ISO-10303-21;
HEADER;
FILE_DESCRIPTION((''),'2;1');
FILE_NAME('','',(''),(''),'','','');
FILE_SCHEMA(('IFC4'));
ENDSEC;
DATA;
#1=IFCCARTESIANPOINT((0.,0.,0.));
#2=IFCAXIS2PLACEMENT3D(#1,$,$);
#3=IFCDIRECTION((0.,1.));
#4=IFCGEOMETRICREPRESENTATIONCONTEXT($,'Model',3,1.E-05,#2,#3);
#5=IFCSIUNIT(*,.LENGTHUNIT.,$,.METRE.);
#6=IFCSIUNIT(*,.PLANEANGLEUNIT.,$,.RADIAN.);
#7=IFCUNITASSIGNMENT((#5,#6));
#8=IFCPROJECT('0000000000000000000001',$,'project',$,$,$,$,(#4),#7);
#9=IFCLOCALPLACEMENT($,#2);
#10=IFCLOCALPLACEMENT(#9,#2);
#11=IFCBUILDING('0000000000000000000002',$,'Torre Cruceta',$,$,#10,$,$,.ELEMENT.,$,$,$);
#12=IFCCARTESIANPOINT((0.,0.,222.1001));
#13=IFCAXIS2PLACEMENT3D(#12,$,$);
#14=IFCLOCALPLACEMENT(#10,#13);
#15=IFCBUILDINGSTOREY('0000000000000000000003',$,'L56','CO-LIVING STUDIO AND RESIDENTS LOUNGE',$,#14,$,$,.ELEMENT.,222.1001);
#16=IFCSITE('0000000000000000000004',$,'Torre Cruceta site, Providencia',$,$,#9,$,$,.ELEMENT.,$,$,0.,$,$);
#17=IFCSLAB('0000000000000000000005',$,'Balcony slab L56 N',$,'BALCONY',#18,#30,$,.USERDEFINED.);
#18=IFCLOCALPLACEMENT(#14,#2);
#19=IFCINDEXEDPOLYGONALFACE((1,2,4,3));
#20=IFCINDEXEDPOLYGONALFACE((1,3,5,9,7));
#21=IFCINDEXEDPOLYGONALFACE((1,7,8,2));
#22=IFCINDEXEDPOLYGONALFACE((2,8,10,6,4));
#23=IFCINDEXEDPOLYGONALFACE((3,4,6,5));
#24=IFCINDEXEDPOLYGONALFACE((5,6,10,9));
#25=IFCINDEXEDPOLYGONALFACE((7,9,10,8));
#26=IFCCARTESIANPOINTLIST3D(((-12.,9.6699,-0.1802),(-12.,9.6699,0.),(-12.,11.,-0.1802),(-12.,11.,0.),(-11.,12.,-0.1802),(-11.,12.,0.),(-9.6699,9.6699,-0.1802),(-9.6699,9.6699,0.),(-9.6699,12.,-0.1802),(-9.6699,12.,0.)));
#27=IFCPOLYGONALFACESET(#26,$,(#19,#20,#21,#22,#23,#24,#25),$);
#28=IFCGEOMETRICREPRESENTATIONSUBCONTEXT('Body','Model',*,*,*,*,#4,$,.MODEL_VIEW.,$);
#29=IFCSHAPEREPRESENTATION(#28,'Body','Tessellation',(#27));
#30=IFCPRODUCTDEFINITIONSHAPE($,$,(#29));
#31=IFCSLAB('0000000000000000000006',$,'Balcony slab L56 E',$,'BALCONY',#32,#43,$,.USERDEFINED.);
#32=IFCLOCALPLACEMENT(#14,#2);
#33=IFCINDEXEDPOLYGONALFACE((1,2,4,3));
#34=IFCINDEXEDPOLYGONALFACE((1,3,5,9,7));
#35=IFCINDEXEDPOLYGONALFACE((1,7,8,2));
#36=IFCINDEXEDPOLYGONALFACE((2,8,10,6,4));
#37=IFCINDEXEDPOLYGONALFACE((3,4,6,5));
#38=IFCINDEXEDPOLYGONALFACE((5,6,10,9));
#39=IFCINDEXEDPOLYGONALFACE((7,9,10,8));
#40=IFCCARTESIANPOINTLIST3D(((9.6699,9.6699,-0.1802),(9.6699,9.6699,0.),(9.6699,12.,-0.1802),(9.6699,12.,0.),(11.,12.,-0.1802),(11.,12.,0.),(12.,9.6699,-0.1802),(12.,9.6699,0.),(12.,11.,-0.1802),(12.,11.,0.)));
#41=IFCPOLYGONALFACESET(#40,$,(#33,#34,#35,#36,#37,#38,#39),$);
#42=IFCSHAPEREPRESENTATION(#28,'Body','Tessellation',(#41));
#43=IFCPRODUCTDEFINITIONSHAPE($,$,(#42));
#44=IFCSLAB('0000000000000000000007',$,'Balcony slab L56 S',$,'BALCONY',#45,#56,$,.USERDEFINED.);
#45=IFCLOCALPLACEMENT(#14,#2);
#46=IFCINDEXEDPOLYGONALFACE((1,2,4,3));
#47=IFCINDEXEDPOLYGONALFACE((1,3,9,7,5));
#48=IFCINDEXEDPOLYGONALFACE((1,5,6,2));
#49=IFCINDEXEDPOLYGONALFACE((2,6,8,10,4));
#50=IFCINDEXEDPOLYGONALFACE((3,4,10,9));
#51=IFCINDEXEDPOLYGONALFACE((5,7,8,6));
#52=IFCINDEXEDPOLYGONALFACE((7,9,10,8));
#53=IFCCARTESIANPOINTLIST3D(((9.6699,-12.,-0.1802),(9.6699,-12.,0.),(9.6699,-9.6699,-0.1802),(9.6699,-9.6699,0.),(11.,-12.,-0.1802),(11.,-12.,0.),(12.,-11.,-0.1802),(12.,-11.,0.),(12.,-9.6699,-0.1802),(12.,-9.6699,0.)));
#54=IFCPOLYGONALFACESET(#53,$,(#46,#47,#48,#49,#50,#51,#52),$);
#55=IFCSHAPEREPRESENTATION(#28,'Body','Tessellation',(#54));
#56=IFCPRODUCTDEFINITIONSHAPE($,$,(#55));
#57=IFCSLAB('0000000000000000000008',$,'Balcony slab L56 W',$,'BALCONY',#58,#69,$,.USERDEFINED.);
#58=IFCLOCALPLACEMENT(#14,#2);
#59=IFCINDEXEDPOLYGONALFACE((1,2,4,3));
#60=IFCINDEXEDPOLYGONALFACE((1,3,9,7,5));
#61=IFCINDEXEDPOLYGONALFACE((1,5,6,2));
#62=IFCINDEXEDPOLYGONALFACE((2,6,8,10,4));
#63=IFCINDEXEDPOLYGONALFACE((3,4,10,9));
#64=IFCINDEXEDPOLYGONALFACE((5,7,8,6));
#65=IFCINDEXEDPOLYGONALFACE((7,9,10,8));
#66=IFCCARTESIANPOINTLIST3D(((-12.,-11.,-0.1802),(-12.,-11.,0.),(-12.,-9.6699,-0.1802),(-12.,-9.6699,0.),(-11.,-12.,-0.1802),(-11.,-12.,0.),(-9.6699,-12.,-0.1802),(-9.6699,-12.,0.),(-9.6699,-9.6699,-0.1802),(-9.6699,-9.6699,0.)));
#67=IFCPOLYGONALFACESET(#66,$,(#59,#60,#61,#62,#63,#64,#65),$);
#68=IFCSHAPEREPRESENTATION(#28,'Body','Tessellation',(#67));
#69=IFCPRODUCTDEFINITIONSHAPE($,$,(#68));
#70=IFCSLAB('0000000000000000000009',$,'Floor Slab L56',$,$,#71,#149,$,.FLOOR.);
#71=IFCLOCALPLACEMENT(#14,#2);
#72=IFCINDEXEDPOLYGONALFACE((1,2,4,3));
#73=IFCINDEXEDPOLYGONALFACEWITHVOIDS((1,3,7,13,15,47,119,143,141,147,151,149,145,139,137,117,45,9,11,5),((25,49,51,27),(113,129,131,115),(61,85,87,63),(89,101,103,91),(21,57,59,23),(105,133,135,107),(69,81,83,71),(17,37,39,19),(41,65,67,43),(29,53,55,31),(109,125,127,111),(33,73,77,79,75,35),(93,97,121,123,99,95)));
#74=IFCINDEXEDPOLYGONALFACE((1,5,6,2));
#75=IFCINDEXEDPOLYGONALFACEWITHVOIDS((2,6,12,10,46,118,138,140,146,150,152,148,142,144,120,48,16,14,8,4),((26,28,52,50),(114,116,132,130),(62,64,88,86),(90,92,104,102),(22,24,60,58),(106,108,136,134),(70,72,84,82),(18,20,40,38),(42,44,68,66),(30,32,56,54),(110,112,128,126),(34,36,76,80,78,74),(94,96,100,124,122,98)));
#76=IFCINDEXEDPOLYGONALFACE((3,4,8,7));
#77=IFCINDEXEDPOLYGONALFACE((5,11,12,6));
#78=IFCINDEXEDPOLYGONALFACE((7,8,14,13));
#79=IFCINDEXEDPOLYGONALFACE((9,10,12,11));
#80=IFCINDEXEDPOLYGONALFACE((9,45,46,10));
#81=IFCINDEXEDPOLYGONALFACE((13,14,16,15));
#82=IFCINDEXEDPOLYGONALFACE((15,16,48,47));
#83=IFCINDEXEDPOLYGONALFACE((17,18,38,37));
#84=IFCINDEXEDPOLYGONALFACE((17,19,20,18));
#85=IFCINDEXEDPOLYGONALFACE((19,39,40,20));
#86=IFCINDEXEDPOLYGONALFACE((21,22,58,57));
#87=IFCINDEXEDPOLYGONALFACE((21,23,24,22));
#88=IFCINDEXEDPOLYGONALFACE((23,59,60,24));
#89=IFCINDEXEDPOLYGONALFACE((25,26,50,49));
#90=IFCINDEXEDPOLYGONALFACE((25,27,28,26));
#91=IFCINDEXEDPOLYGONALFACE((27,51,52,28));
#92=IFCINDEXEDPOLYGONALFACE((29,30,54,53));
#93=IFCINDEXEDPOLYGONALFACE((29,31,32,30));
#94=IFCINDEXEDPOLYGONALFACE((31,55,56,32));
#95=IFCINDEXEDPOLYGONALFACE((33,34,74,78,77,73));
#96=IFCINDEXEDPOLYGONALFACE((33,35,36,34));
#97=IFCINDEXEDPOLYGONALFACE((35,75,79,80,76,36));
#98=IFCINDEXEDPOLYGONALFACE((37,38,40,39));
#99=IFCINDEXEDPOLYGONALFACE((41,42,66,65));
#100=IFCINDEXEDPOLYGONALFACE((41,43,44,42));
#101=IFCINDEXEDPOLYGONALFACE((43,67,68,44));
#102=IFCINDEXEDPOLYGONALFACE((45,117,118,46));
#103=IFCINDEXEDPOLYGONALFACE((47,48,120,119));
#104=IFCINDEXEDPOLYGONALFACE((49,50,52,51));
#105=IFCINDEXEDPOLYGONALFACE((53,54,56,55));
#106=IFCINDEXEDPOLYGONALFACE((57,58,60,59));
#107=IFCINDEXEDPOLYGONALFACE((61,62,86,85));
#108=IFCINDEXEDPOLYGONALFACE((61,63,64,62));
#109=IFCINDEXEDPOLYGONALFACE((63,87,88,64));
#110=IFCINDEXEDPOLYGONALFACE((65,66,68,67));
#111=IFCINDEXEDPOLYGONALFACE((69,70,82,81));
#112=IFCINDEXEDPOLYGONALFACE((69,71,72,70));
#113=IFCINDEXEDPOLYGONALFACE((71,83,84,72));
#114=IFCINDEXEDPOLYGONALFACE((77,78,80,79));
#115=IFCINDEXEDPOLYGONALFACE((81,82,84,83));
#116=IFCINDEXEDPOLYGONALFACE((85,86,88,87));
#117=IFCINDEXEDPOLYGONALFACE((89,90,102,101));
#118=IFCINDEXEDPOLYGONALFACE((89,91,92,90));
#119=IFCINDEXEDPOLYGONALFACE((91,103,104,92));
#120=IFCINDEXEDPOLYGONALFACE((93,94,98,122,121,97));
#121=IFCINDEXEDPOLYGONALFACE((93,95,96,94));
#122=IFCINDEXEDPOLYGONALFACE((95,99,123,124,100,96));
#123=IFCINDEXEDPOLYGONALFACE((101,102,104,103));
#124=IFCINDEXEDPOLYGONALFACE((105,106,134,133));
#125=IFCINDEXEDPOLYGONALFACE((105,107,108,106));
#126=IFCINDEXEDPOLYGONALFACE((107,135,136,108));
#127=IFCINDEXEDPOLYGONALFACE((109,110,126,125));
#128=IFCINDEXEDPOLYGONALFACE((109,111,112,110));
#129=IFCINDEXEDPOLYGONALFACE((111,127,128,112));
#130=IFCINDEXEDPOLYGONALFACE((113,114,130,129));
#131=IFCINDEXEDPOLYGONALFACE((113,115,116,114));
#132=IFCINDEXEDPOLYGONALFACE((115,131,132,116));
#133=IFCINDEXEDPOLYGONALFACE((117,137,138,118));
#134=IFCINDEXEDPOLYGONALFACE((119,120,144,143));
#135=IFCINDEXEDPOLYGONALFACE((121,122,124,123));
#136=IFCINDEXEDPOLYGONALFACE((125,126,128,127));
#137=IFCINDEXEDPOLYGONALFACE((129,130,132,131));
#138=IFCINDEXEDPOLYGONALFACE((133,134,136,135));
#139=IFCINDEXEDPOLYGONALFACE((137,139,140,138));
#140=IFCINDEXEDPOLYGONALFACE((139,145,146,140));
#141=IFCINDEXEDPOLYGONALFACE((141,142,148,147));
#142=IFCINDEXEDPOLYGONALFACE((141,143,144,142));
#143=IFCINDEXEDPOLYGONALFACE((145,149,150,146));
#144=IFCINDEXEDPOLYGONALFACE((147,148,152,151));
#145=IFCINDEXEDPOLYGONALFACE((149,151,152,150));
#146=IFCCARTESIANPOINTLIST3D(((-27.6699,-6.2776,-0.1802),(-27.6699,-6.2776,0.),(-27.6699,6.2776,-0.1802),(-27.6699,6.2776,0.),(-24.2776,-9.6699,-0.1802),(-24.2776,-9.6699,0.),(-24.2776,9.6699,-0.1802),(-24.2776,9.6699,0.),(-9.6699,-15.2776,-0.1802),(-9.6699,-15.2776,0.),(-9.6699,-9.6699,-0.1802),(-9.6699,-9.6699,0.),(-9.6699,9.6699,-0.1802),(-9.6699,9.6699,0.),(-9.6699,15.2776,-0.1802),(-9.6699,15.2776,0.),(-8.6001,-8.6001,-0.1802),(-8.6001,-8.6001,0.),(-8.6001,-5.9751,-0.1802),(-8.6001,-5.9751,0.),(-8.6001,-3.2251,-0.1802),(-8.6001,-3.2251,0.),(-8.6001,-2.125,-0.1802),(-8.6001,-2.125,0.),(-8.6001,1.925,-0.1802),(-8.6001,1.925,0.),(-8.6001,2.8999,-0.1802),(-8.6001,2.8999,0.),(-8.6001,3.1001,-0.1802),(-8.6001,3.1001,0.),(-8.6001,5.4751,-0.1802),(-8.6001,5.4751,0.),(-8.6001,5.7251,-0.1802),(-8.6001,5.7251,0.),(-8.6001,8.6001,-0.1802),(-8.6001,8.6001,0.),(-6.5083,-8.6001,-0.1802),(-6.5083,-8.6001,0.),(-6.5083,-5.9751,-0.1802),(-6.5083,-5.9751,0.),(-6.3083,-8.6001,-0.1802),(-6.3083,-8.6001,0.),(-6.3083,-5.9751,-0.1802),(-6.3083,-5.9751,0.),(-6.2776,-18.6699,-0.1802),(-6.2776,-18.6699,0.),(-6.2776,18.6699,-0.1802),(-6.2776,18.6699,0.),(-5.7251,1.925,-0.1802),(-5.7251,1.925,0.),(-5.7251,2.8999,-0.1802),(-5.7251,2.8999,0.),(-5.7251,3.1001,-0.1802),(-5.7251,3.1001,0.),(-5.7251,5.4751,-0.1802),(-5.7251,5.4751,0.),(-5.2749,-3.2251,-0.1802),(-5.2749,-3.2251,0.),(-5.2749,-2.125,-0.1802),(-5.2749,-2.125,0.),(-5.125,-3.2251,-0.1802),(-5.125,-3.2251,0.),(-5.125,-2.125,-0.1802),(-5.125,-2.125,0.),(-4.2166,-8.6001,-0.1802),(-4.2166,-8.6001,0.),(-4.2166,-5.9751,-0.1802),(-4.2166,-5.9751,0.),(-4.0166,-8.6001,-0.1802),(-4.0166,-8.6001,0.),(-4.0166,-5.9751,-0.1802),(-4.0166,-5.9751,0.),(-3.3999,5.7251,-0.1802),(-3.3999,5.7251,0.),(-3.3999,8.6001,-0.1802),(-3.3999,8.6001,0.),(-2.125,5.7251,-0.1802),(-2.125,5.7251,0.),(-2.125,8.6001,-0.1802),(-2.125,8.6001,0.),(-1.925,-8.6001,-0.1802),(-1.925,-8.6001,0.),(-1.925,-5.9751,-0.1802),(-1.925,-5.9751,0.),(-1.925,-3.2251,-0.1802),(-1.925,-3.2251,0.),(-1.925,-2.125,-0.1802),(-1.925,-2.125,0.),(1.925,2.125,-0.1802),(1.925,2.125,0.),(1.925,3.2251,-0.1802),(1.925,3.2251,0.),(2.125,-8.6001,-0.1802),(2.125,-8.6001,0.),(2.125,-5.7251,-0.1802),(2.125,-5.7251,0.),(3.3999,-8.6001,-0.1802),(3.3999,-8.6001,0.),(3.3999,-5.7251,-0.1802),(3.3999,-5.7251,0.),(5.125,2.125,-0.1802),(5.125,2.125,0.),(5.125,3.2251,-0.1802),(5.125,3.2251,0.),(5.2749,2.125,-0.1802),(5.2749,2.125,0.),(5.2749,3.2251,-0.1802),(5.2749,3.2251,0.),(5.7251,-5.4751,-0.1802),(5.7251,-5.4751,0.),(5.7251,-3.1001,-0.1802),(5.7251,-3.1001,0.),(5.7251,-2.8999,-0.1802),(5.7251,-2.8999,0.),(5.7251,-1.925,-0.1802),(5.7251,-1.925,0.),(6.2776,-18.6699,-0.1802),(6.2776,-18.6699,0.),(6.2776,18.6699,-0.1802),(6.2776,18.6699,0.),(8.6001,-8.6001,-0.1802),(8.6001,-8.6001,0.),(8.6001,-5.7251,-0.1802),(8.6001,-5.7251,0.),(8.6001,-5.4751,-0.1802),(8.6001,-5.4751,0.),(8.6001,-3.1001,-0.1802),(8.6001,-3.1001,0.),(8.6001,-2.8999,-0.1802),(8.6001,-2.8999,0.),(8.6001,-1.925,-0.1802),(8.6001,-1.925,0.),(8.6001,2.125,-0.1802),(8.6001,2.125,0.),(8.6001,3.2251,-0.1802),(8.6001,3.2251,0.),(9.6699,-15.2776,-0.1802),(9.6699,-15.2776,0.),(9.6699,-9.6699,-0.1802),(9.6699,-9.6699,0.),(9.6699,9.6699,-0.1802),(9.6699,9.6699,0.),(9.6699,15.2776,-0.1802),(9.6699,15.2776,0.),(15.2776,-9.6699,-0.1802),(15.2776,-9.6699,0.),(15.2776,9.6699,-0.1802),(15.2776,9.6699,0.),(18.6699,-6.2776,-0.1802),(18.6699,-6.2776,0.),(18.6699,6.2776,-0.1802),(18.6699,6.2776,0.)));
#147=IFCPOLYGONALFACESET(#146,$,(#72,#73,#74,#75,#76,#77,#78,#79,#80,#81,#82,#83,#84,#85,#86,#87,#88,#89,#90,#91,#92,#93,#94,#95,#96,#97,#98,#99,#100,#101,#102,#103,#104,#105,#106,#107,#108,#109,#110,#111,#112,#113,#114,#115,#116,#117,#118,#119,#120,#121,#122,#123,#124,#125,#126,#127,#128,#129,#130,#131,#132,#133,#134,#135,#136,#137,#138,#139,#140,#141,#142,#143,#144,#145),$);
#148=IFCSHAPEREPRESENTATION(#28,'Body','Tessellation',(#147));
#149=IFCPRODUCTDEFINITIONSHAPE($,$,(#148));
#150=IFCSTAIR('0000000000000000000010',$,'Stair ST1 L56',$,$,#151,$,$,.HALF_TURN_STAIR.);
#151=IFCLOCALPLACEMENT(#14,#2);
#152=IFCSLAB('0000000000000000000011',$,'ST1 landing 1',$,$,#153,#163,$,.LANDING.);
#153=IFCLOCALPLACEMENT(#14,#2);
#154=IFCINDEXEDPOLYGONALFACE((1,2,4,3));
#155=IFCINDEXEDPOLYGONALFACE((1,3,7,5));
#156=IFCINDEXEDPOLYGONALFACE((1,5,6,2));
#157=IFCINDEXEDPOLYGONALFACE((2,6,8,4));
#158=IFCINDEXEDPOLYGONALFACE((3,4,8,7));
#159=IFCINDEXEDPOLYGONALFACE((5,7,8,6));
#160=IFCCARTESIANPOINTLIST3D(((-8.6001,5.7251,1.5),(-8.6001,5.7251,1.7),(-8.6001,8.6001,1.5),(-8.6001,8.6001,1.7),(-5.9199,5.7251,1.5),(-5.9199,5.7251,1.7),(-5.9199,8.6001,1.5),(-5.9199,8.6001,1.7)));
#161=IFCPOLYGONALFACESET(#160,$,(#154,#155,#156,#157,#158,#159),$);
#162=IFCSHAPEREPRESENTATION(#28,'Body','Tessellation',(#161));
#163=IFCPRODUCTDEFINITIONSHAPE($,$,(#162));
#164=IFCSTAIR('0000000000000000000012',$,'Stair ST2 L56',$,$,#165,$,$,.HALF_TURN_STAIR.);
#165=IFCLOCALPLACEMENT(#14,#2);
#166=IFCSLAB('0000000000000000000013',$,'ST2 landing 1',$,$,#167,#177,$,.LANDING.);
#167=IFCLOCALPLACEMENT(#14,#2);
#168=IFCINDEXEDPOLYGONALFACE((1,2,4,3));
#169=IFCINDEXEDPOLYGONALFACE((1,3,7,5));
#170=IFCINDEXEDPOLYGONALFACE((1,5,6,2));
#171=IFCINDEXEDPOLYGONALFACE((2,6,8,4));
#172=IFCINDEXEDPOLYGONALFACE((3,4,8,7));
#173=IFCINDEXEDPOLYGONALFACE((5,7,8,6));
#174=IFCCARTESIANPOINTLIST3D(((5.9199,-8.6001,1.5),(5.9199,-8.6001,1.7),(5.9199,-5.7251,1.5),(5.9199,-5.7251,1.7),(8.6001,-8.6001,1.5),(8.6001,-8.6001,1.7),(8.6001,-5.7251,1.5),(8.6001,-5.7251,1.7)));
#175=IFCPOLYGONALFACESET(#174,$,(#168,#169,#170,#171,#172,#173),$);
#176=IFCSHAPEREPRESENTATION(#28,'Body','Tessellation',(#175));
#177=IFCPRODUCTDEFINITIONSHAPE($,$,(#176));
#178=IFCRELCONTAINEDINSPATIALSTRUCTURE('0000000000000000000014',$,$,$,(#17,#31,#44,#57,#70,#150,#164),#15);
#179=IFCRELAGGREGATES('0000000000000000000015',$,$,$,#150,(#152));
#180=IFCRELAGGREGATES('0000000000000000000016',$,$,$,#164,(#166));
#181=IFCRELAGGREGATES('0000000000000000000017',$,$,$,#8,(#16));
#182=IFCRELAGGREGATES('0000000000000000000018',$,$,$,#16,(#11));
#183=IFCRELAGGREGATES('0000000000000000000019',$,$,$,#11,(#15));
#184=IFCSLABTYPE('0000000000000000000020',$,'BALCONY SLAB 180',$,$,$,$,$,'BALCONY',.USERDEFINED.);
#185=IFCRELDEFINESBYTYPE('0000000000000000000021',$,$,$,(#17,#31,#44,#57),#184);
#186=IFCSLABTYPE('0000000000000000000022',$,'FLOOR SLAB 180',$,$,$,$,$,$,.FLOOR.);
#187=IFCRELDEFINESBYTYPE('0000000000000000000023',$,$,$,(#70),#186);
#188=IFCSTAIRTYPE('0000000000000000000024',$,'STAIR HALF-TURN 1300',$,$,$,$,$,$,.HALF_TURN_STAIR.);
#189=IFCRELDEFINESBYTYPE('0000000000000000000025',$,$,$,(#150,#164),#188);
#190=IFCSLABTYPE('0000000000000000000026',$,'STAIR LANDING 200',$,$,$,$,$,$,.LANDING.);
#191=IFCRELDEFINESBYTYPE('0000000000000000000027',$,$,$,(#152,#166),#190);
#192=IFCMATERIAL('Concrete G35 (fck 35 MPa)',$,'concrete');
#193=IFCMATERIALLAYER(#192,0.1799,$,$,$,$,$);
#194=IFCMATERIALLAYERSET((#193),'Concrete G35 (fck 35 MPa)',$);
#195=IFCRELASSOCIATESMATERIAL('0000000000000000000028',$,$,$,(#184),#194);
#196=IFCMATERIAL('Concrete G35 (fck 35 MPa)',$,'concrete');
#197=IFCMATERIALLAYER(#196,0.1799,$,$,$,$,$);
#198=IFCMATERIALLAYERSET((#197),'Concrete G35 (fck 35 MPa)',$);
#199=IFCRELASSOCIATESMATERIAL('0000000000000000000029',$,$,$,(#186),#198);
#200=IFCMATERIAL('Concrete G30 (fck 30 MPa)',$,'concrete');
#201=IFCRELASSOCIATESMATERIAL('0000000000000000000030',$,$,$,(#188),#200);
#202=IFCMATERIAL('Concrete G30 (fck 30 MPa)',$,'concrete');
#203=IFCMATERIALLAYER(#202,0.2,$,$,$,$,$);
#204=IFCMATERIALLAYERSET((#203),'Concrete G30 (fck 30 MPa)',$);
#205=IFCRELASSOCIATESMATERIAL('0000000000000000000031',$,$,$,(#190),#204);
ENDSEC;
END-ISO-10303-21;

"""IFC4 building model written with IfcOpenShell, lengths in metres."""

from ifc_helpers import new_model, si_unit, direction, frame, origin, place, context, subcontext, project, spatial, polyline, outline, extrude, material, layer, layer_set, type_object, element, aggregate, save


model = new_model("IFC4")

# Units and contexts
model_context = context("Model", 3, precision=1e-05, world=origin(), true_north=direction((0.0, 1.0)))
body_context = subcontext(model_context, "Body", "Model", "MODEL_VIEW")
ifc_project = project(units=[si_unit("LENGTHUNIT", "METRE"), si_unit("PLANEANGLEUNIT", "RADIAN")], contexts=[model_context])

# Site, building, storey
site_placement = place(None, origin())
site = spatial("IfcSite", under=ifc_project, at=site_placement, Name="Torre Cruceta site, Providencia", CompositionType="ELEMENT", RefElevation=0.0)
building_placement = place(site_placement, origin())
building = spatial("IfcBuilding", under=site, at=building_placement, Name="Torre Cruceta", CompositionType="ELEMENT")
storey_placement = place(building_placement, frame((0.0, 0.0, 222.1001)))
storey = spatial("IfcBuildingStorey", under=building, at=storey_placement, Name="L56", Description="CO-LIVING STUDIO AND RESIDENTS LOUNGE", CompositionType="ELEMENT", Elevation=222.1001)

# Slabs
ifc_material_1 = material(Name="Concrete G35 (fck 35 MPa)", Category="concrete")
ifc_layer_1 = layer(ifc_material_1, 0.1799)
ifc_layer_set_1 = layer_set([ifc_layer_1], Name="Concrete G35 (fck 35 MPa)")
slab_type_1 = type_object("IfcSlabType", Name="BALCONY SLAB 180", ElementType="BALCONY", PredefinedType="USERDEFINED", material=ifc_layer_set_1)
slab_1_placement = place(storey_placement, frame((0.0, 0.0, -0.1802)))
element("IfcSlab", 1, at=slab_1_placement, inside=storey, type_object=slab_type_1, Name="Balcony slab L56 N", ObjectType="BALCONY", PredefinedType="USERDEFINED", context=body_context, shape_type="SweptSolid", body=[
    extrude(outline(polyline([(-12.0, 11.0), (-11.0, 12.0), (-9.6699, 12.0), (-9.6699, 9.6699), (-12.0, 9.6699), (-12.0, 11.0)])), origin(), (0.0, 0.0, 1.0), 0.1802),
])
slab_2_placement = place(storey_placement, frame((0.0, 0.0, -0.1802)))
element("IfcSlab", 2, at=slab_2_placement, inside=storey, type_object=slab_type_1, Name="Balcony slab L56 E", ObjectType="BALCONY", PredefinedType="USERDEFINED", context=body_context, shape_type="SweptSolid", body=[
    extrude(outline(polyline([(11.0, 12.0), (12.0, 11.0), (12.0, 9.6699), (9.6699, 9.6699), (9.6699, 12.0), (11.0, 12.0)])), origin(), (0.0, 0.0, 1.0), 0.1802),
])
slab_3_placement = place(storey_placement, frame((0.0, 0.0, -0.1802)))
element("IfcSlab", 3, at=slab_3_placement, inside=storey, type_object=slab_type_1, Name="Balcony slab L56 S", ObjectType="BALCONY", PredefinedType="USERDEFINED", context=body_context, shape_type="SweptSolid", body=[
    extrude(outline(polyline([(12.0, -11.0), (11.0, -12.0), (9.6699, -12.0), (9.6699, -9.6699), (12.0, -9.6699), (12.0, -11.0)])), origin(), (0.0, 0.0, 1.0), 0.1802),
])
slab_4_placement = place(storey_placement, frame((0.0, 0.0, -0.1802)))
element("IfcSlab", 4, at=slab_4_placement, inside=storey, type_object=slab_type_1, Name="Balcony slab L56 W", ObjectType="BALCONY", PredefinedType="USERDEFINED", context=body_context, shape_type="SweptSolid", body=[
    extrude(outline(polyline([(-11.0, -12.0), (-12.0, -11.0), (-12.0, -9.6699), (-9.6699, -9.6699), (-9.6699, -12.0), (-11.0, -12.0)])), origin(), (0.0, 0.0, 1.0), 0.1802),
])
ifc_material_2 = material(Name="Concrete G35 (fck 35 MPa)", Category="concrete")
ifc_layer_2 = layer(ifc_material_2, 0.1799)
ifc_layer_set_2 = layer_set([ifc_layer_2], Name="Concrete G35 (fck 35 MPa)")
slab_type_2 = type_object("IfcSlabType", Name="FLOOR SLAB 180", PredefinedType="FLOOR", material=ifc_layer_set_2)
slab_5_placement = place(storey_placement, frame((0.0, 0.0, -0.1802)))
element("IfcSlab", 5, at=slab_5_placement, inside=storey, type_object=slab_type_2, Name="Floor Slab L56", PredefinedType="FLOOR", context=body_context, shape_type="SweptSolid", body=[
    extrude(outline(polyline([(9.6699, -9.6699), (9.6699, -15.2776), (6.2776, -18.6699), (-6.2776, -18.6699), (-9.6699, -15.2776), (-9.6699, -9.6699), (-24.2776, -9.6699), (-27.6699, -6.2776), (-27.6699, 6.2776), (-24.2776, 9.6699), (-9.6699, 9.6699), (-9.6699, 15.2776), (-6.2776, 18.6699), (6.2776, 18.6699), (9.6699, 15.2776), (9.6699, 9.6699), (15.2776, 9.6699), (18.6699, 6.2776), (18.6699, -6.2776), (15.2776, -9.6699), (9.6699, -9.6699)]), holes=[polyline([(1.925, 2.125), (5.125, 2.125), (5.125, 3.2251), (1.925, 3.2251), (1.925, 2.125)]), polyline([(5.2749, 2.125), (8.6001, 2.125), (8.6001, 3.2251), (5.2749, 3.2251), (5.2749, 2.125)]), polyline([(-8.6001, 3.1001), (-5.7251, 3.1001), (-5.7251, 5.4751), (-8.6001, 5.4751), (-8.6001, 3.1001)]), polyline([(-8.6001, 1.925), (-5.7251, 1.925), (-5.7251, 2.8999), (-8.6001, 2.8999), (-8.6001, 1.925)]), polyline([(-4.0166, -8.6001), (-1.925, -8.6001), (-1.925, -5.9751), (-4.0166, -5.9751), (-4.0166, -8.6001)]), polyline([(-6.3083, -8.6001), (-4.2166, -8.6001), (-4.2166, -5.9751), (-6.3083, -5.9751), (-6.3083, -8.6001)]), polyline([(-8.6001, -8.6001), (-6.5083, -8.6001), (-6.5083, -5.9751), (-8.6001, -5.9751), (-8.6001, -8.6001)]), polyline([(-5.125, -3.2251), (-1.925, -3.2251), (-1.925, -2.125), (-5.125, -2.125), (-5.125, -3.2251)]), polyline([(-8.6001, -3.2251), (-5.2749, -3.2251), (-5.2749, -2.125), (-8.6001, -2.125), (-8.6001, -3.2251)]), polyline([(5.7251, -5.4751), (8.6001, -5.4751), (8.6001, -3.1001), (5.7251, -3.1001), (5.7251, -5.4751)]), polyline([(5.7251, -2.8999), (8.6001, -2.8999), (8.6001, -1.925), (5.7251, -1.925), (5.7251, -2.8999)]), polyline([(-8.6001, 5.7251), (-8.6001, 8.6001), (-3.3999, 8.6001), (-2.125, 8.6001), (-2.125, 5.7251), (-3.3999, 5.7251), (-8.6001, 5.7251)]), polyline([(2.125, -5.7251), (3.3999, -5.7251), (8.6001, -5.7251), (8.6001, -8.6001), (3.3999, -8.6001), (2.125, -8.6001), (2.125, -5.7251)])]), origin(), (0.0, 0.0, 1.0), 0.1802),
])

# Stairs, slabs
ifc_material_3 = material(Name="Concrete G30 (fck 30 MPa)", Category="concrete")
stair_type = type_object("IfcStairType", Name="STAIR HALF-TURN 1300", PredefinedType="HALF_TURN_STAIR", material=ifc_material_3)
stair_1_placement = place(storey_placement, origin())
stair_1 = element("IfcStair", 6, at=stair_1_placement, inside=storey, type_object=stair_type, Name="Stair ST1 L56", PredefinedType="HALF_TURN_STAIR")
ifc_material_4 = material(Name="Concrete G30 (fck 30 MPa)", Category="concrete")
ifc_layer_3 = layer(ifc_material_4, 0.2)
ifc_layer_set_3 = layer_set([ifc_layer_3], Name="Concrete G30 (fck 30 MPa)")
slab_type_3 = type_object("IfcSlabType", Name="STAIR LANDING 200", PredefinedType="LANDING", material=ifc_layer_set_3)
slab_6_placement = place(storey_placement, frame((0.0, 0.0, 1.5)))
slab_6 = element("IfcSlab", 7, at=slab_6_placement, type_object=slab_type_3, Name="ST1 landing 1", PredefinedType="LANDING", context=body_context, shape_type="SweptSolid", body=[
    extrude(outline(polyline([(-8.6001, 5.7251), (-5.9199, 5.7251), (-5.9199, 8.6001), (-8.6001, 8.6001), (-8.6001, 5.7251)])), origin(), (0.0, 0.0, 1.0), 0.2),
])
aggregate(stair_1, [slab_6])
stair_2_placement = place(storey_placement, origin())
stair_2 = element("IfcStair", 8, at=stair_2_placement, inside=storey, type_object=stair_type, Name="Stair ST2 L56", PredefinedType="HALF_TURN_STAIR")
slab_7_placement = place(storey_placement, frame((0.0, 0.0, 1.5)))
slab_7 = element("IfcSlab", 9, at=slab_7_placement, type_object=slab_type_3, Name="ST2 landing 1", PredefinedType="LANDING", context=body_context, shape_type="SweptSolid", body=[
    extrude(outline(polyline([(5.9199, -8.6001), (8.6001, -8.6001), (8.6001, -5.7251), (5.9199, -5.7251), (5.9199, -8.6001)])), origin(), (0.0, 0.0, 1.0), 0.2),
])
aggregate(stair_2, [slab_7])

save(model, "model.ifc")
